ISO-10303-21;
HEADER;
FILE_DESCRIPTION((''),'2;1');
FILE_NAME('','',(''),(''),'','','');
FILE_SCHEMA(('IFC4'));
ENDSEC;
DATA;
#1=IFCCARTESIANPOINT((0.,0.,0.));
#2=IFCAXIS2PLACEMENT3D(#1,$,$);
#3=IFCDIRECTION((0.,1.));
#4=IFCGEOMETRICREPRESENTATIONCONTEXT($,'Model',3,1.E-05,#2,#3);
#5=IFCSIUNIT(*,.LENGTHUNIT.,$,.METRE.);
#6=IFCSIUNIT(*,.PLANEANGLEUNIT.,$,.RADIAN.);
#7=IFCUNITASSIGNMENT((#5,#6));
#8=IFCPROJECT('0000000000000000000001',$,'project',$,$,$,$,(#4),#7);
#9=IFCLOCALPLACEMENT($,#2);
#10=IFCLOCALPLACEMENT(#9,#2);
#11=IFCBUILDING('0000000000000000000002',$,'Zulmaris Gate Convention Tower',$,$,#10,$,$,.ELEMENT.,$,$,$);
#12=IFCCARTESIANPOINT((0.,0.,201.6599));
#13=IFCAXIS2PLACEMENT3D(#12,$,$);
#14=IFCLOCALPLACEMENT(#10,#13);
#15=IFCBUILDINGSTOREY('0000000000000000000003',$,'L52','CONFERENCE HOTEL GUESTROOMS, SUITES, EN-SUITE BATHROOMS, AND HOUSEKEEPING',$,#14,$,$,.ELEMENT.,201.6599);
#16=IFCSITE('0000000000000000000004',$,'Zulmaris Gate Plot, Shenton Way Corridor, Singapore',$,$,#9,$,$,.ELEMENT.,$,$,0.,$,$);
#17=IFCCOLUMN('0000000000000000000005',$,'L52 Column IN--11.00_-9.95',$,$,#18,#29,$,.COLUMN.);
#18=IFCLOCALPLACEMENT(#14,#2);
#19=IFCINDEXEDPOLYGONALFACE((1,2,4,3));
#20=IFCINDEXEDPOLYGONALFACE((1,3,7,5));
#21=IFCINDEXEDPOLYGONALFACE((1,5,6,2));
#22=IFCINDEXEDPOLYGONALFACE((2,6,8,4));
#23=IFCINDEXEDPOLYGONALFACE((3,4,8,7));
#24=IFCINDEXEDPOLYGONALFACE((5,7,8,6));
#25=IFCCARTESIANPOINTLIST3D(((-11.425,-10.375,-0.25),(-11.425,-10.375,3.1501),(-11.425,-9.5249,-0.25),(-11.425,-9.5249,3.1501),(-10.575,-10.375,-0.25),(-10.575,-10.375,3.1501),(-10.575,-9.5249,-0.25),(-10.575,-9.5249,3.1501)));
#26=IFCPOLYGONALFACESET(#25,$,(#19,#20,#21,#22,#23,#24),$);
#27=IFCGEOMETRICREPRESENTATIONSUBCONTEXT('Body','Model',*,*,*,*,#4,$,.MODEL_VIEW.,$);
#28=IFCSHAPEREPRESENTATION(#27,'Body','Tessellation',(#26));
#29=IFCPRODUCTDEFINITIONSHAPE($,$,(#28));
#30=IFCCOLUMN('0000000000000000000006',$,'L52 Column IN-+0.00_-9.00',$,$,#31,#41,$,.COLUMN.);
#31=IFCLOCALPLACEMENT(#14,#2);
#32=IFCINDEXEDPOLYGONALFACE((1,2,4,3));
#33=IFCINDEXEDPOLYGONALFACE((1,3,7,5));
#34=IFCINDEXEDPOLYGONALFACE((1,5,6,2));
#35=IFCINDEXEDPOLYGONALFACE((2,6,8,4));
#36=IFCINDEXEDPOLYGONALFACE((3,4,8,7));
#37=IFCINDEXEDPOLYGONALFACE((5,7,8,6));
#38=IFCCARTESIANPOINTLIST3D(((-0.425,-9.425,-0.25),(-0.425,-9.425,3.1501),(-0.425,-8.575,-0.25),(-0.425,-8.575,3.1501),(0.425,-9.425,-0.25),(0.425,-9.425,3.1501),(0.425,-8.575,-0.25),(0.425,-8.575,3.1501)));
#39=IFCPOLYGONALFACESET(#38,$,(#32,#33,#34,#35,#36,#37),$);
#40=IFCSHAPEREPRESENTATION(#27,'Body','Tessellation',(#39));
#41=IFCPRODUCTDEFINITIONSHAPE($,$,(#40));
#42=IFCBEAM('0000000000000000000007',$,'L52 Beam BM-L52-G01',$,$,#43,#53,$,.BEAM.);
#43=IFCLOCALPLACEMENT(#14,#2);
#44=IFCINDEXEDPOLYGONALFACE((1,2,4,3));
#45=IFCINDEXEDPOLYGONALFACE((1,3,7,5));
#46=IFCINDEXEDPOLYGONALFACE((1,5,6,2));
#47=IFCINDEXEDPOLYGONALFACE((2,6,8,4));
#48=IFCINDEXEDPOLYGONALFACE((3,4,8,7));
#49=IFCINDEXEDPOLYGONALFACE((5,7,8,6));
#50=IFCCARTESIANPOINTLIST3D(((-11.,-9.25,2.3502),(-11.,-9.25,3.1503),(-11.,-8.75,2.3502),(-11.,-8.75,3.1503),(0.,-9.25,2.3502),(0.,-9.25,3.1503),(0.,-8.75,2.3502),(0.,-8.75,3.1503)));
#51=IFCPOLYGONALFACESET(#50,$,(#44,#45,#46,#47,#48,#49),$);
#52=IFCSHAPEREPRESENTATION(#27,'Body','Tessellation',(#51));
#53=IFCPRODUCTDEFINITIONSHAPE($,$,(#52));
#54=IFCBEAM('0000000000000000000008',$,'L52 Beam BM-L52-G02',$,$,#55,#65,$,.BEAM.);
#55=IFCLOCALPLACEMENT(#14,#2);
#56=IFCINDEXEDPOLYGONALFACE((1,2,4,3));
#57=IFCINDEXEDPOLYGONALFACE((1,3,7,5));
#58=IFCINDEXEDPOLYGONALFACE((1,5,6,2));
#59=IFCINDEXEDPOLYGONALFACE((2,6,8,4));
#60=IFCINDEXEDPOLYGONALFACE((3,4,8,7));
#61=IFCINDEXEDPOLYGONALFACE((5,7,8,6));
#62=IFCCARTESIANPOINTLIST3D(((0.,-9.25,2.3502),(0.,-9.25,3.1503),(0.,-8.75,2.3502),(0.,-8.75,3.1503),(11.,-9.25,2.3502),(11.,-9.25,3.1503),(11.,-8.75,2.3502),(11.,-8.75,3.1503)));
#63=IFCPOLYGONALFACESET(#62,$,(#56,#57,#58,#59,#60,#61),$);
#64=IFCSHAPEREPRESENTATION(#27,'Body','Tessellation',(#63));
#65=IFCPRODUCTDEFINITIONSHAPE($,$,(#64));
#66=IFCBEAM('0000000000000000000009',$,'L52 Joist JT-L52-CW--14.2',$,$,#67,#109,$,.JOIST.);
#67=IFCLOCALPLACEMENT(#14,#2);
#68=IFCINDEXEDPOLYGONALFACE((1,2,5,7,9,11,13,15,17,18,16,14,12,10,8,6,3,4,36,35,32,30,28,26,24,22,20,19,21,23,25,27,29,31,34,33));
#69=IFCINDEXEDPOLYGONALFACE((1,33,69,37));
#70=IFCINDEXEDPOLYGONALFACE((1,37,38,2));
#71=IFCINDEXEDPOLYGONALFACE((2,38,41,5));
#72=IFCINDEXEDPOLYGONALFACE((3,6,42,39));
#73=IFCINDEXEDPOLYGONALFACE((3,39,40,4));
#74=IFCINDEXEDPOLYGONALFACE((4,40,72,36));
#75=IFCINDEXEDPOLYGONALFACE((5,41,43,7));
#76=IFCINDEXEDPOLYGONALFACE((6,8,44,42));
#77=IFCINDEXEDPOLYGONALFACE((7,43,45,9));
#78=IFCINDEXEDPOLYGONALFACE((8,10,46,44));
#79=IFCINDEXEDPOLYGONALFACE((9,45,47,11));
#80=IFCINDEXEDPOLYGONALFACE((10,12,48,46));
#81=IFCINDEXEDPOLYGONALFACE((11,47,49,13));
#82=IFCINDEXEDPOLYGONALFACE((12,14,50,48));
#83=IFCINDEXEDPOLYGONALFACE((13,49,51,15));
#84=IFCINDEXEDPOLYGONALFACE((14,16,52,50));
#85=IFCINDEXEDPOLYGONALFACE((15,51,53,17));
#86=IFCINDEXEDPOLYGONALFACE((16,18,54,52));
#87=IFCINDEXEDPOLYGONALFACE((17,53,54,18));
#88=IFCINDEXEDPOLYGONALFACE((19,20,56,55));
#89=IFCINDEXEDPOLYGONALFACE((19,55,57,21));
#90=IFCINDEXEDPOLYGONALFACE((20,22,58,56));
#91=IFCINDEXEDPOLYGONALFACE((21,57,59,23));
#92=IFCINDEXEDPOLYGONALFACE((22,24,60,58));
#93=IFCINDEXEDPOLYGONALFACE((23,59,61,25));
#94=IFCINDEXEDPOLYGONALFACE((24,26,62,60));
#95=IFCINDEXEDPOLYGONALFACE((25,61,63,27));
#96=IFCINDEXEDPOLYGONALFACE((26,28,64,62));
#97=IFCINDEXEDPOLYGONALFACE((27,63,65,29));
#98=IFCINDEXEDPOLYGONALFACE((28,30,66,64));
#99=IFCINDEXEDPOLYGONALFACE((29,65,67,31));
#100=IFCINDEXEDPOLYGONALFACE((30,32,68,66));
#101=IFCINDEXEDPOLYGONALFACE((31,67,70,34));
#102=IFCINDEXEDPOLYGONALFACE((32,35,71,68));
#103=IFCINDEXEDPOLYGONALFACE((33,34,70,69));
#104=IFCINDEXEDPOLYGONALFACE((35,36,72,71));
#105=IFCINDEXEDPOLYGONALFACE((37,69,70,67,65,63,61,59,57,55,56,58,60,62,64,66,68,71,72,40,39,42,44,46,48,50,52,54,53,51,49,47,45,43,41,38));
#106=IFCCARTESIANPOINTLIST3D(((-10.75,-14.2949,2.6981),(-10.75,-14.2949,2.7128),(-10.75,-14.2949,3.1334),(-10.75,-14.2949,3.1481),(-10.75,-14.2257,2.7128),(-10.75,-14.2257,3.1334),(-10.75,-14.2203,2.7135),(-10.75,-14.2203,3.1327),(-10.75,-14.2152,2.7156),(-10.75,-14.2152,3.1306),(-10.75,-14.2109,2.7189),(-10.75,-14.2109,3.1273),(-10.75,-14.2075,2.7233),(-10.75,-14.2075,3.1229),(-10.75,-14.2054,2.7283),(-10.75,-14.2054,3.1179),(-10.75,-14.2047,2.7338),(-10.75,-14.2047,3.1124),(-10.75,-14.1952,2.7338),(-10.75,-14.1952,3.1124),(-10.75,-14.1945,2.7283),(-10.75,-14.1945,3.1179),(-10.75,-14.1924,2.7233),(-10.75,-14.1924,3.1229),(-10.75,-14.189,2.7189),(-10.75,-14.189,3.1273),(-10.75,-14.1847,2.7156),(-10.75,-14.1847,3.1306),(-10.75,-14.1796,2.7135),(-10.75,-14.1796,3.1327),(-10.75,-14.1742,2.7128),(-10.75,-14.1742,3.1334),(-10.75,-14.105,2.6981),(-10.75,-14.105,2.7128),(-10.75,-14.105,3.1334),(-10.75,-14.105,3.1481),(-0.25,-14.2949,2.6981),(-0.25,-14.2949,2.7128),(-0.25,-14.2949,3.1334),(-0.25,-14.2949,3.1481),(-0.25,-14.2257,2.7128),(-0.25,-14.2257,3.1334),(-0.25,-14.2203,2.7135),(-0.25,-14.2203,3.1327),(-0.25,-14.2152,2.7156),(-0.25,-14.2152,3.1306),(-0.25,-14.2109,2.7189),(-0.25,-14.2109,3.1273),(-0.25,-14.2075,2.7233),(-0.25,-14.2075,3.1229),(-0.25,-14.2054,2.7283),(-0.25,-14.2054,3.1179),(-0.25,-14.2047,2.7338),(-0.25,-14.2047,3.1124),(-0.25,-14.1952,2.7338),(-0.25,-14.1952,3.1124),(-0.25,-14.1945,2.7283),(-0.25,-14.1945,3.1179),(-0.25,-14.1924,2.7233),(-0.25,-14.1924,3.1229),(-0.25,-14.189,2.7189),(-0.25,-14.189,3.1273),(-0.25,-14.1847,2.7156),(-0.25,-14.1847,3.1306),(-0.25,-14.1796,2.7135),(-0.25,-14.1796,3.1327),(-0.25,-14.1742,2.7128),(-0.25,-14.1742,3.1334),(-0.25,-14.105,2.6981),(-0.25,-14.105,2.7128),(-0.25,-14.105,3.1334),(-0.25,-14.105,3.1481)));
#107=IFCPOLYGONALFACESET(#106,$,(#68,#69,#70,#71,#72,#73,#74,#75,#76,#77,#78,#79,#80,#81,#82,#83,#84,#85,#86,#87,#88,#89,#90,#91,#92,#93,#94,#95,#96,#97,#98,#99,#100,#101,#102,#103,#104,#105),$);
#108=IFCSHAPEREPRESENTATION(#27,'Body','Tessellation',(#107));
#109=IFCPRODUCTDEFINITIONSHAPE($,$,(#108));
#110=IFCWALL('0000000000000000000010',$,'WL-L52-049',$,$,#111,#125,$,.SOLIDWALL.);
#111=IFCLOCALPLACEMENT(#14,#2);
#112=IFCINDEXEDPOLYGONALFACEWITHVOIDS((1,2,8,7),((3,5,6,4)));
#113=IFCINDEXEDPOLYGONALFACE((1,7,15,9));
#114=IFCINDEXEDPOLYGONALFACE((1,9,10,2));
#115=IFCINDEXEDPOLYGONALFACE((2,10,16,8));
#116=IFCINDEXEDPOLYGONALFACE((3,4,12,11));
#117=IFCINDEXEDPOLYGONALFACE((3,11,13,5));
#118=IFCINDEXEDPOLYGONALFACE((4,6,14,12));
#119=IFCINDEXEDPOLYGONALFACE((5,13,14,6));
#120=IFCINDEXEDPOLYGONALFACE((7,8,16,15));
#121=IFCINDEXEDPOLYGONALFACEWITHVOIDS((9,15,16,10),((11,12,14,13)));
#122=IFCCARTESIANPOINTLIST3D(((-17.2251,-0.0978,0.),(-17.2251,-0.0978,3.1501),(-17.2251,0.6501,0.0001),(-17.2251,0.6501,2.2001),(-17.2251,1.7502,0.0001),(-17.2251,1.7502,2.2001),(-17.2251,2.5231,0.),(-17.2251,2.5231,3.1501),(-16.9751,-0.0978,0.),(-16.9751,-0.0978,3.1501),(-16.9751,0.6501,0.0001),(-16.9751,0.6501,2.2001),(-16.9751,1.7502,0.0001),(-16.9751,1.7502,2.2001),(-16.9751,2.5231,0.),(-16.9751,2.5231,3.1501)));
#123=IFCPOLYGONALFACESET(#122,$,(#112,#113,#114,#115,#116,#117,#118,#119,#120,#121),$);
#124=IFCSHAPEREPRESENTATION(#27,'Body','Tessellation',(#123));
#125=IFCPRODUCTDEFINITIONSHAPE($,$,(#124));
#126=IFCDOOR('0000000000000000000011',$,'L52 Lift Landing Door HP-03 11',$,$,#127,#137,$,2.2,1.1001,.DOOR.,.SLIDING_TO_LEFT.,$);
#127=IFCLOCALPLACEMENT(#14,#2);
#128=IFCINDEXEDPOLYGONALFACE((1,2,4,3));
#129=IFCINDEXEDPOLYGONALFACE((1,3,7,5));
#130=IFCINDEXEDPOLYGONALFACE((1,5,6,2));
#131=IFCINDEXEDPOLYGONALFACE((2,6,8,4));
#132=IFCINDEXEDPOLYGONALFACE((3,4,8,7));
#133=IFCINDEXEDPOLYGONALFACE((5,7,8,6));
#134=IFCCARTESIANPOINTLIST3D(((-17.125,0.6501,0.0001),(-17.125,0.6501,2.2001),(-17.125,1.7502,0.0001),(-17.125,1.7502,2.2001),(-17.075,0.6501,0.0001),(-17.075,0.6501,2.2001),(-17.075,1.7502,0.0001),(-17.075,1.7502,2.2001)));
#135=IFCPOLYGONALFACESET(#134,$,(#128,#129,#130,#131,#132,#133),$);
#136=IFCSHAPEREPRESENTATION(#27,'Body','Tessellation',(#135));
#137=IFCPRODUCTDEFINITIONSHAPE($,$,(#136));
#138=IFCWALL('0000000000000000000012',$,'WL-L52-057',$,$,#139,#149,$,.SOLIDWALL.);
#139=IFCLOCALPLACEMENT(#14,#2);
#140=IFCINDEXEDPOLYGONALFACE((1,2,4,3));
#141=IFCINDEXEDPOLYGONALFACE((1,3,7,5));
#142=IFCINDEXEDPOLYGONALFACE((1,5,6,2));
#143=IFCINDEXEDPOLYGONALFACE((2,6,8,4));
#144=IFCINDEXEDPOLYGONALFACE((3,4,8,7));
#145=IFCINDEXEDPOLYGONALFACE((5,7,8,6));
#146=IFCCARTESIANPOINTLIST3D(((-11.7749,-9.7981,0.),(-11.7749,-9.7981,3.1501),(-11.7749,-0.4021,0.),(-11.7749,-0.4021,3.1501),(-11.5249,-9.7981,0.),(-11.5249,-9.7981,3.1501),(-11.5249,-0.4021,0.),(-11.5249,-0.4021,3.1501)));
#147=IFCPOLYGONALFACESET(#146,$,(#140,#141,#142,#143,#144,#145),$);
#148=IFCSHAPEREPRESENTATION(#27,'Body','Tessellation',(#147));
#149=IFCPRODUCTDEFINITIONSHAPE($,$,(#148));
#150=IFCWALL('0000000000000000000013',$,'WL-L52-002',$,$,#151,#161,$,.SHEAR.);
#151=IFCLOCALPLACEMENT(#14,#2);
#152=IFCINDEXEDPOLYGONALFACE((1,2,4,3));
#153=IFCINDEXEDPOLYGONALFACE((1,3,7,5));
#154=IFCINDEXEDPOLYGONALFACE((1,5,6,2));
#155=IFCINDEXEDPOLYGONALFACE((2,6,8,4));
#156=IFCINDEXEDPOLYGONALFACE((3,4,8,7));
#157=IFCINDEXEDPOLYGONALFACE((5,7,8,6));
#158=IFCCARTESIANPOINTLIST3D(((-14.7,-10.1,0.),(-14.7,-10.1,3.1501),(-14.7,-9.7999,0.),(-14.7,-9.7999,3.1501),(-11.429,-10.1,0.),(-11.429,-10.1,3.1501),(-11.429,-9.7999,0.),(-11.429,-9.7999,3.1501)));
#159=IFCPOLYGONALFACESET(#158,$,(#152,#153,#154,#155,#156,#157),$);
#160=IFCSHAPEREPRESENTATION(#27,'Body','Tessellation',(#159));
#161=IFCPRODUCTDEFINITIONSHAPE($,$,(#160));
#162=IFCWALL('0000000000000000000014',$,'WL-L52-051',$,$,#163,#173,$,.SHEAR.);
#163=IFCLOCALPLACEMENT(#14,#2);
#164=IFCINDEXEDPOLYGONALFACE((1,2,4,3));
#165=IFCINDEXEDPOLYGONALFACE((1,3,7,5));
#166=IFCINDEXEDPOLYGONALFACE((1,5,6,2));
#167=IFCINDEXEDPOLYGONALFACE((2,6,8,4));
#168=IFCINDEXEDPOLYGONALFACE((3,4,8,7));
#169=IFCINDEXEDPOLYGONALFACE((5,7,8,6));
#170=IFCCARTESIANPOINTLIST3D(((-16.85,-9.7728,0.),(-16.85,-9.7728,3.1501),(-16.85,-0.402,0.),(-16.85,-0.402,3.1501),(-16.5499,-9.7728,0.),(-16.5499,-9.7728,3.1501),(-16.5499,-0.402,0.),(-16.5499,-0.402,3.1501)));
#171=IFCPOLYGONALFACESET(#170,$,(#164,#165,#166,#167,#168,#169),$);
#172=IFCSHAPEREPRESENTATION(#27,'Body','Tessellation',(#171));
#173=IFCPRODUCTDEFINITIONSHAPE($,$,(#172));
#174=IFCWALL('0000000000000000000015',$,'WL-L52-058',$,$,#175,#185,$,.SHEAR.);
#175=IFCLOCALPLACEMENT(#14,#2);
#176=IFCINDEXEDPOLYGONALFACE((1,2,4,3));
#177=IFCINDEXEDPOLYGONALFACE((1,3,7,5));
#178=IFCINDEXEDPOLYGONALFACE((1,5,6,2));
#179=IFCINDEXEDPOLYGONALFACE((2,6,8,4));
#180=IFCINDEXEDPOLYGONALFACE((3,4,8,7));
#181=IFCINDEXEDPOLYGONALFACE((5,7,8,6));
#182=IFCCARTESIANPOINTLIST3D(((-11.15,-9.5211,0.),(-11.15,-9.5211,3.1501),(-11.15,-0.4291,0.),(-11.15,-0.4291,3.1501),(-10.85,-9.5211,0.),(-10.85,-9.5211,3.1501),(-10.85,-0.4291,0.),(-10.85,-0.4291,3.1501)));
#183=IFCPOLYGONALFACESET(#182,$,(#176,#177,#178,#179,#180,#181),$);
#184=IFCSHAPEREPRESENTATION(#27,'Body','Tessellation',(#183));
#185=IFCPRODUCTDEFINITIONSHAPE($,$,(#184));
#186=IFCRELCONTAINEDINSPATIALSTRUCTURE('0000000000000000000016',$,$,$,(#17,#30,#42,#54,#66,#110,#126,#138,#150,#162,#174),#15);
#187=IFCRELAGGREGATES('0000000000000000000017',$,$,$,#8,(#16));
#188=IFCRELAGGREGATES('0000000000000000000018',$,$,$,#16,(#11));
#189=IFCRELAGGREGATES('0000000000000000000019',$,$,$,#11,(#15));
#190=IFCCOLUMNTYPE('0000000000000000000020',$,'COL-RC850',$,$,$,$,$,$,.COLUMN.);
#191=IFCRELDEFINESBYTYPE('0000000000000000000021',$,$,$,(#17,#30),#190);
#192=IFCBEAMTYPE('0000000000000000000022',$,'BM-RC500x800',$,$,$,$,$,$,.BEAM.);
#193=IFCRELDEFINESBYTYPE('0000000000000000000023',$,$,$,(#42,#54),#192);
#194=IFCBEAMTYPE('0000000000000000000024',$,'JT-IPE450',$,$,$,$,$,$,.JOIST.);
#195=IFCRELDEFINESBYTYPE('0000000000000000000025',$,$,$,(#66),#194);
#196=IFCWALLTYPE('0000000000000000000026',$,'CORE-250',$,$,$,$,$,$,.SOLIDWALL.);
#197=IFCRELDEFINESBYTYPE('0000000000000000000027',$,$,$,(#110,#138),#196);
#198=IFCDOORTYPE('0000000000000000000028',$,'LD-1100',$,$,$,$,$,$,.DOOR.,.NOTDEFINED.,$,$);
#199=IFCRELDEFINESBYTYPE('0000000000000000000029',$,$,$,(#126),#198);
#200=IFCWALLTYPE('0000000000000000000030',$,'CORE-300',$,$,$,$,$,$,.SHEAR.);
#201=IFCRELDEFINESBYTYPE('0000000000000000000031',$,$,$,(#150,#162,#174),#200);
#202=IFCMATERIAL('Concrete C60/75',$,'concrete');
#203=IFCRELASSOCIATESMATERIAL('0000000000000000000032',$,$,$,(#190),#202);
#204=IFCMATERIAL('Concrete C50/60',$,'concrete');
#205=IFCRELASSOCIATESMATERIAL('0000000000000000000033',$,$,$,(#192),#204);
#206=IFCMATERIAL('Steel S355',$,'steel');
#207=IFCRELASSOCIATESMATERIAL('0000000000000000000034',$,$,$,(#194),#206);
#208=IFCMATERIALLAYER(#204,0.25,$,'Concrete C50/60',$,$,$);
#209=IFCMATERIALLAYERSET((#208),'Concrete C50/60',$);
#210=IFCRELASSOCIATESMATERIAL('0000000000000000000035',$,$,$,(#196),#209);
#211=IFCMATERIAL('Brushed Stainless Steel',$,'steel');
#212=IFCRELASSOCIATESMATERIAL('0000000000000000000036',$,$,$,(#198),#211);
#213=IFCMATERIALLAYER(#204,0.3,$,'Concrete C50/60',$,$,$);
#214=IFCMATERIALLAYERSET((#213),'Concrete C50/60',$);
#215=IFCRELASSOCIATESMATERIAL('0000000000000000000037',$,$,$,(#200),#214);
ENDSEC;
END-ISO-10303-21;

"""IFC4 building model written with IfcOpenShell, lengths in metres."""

from ifc_helpers import new_model, si_unit, direction, frame, frame_2d, origin, origin_2d, place, context, subcontext, project, spatial, rectangle, i_section, extrude, material, layer, layer_set, material_profile, profile_set, type_object, element, fill, save


model = new_model("IFC4")

# Units and contexts
model_context = context("Model", 3, precision=1e-05, world=origin(), true_north=direction((0.0, 1.0)))
body_context = subcontext(model_context, "Body", "Model", "MODEL_VIEW")
ifc_project = project(units=[si_unit("LENGTHUNIT", "METRE"), si_unit("PLANEANGLEUNIT", "RADIAN")], contexts=[model_context])

# Site, building, storey
site_placement = place(None, origin())
site = spatial("IfcSite", under=ifc_project, at=site_placement, Name="Zulmaris Gate Plot, Shenton Way Corridor, Singapore", CompositionType="ELEMENT", RefElevation=0.0)
building_placement = place(site_placement, origin())
building = spatial("IfcBuilding", under=site, at=building_placement, Name="Zulmaris Gate Convention Tower", CompositionType="ELEMENT")
storey_placement = place(building_placement, frame((0.0, 0.0, 201.6599)))
storey = spatial("IfcBuildingStorey", under=building, at=storey_placement, Name="L52", Description="CONFERENCE HOTEL GUESTROOMS, SUITES, EN-SUITE BATHROOMS, AND HOUSEKEEPING", CompositionType="ELEMENT", Elevation=201.6599)

# Columns
ifc_material_1 = material(Name="Concrete C60/75", Category="concrete")
ifc_material_profile_1 = material_profile(ifc_material_1, rectangle(XDim=0.8501, YDim=0.8501, at=origin_2d()), Name="RC COL 850x850")
ifc_profile_set_1 = profile_set([ifc_material_profile_1], Name="Concrete C60/75")
column_type = type_object("IfcColumnType", Name="COL-RC850", PredefinedType="COLUMN", material=ifc_profile_set_1)
for number, where, z_axis, x_axis, name in (
    (1, (-11.0, -9.95, -0.25), (0.0, 0.0, 1.0), (1.0, 0.0, 0.0), "L52 Column IN--11.00_-9.95"),
    (2, (0.0, -9.0, -0.25), (0.0, 0.0, 1.0), (1.0, 0.0, 0.0), "L52 Column IN-+0.00_-9.00"),
):
    element("IfcColumn", number, at=place(storey_placement, frame(where, z_axis=z_axis, x_axis=x_axis)), inside=storey, type_object=column_type, Name=name, PredefinedType="COLUMN", context=body_context, shape_type="SweptSolid", body=[
        extrude(rectangle(XDim=0.8501, YDim=0.8501, at=origin_2d()), origin(), (0.0, 0.0, 1.0), 3.4001),
    ])

# Beams
ifc_material_2 = material(Name="Concrete C50/60", Category="concrete")
ifc_material_profile_2 = material_profile(ifc_material_2, rectangle(XDim=0.5, YDim=0.8, at=origin_2d()), Name="RC BEAM 500x800")
ifc_profile_set_2 = profile_set([ifc_material_profile_2], Name="Concrete C50/60")
beam_type_1 = type_object("IfcBeamType", Name="BM-RC500x800", PredefinedType="BEAM", material=ifc_profile_set_2)
for number, where, z_axis, x_axis, name in (
    (3, (-11.0, -9.0, 2.7502), (1.0, 0.0, 0.0), (0.0, 1.0, 0.0), "L52 Beam BM-L52-G01"),
    (4, (0.0, -9.0, 2.7502), (1.0, 0.0, 0.0), (0.0, 1.0, 0.0), "L52 Beam BM-L52-G02"),
):
    element("IfcBeam", number, at=place(storey_placement, frame(where, z_axis=z_axis, x_axis=x_axis)), inside=storey, type_object=beam_type_1, Name=name, PredefinedType="BEAM", context=body_context, shape_type="SweptSolid", body=[
        extrude(rectangle(XDim=0.5, YDim=0.8, at=origin_2d()), origin(), (0.0, 0.0, 1.0), 11.0),
    ])
ifc_material_3 = material(Name="Steel S355", Category="steel")
ifc_material_profile_3 = material_profile(ifc_material_3, i_section(OverallWidth=0.1899, OverallDepth=0.45, WebThickness=0.0095, FlangeThickness=0.0146, FilletRadius=0.021, at=origin_2d()), Name="IPE 450")
ifc_profile_set_3 = profile_set([ifc_material_profile_3], Name="Steel S355")
beam_type_2 = type_object("IfcBeamType", Name="JT-IPE450", PredefinedType="JOIST", material=ifc_profile_set_3)
beam_placement = place(storey_placement, frame((-10.75, -14.2, 2.9231), z_axis=(1.0, 0.0, 0.0), x_axis=(0.0, 1.0, 0.0)))
element("IfcBeam", 5, at=beam_placement, inside=storey, type_object=beam_type_2, Name="L52 Joist JT-L52-CW--14.2", PredefinedType="JOIST", context=body_context, shape_type="SweptSolid", body=[
    extrude(i_section(OverallWidth=0.1899, OverallDepth=0.45, WebThickness=0.0095, FlangeThickness=0.0146, FilletRadius=0.021, at=origin_2d()), origin(), (0.0, 0.0, 1.0), 10.5),
])

# Wall, opening, door
ifc_layer_1 = layer(ifc_material_2, 0.25, Name="Concrete C50/60")
ifc_layer_set_1 = layer_set([ifc_layer_1], Name="Concrete C50/60")
wall_type_1 = type_object("IfcWallType", Name="CORE-250", PredefinedType="SOLIDWALL", material=ifc_layer_set_1)
wall_1_placement = place(storey_placement, frame((-17.1001, -0.0979, 0.0), z_axis=(0.0, 0.0, 1.0), x_axis=(0.0, 1.0, 0.0)))
wall_1 = element("IfcWall", 6, at=wall_1_placement, inside=storey, type_object=wall_type_1, Name="WL-L52-049", PredefinedType="SOLIDWALL", context=body_context, shape_type="SweptSolid", body=[
    extrude(rectangle(XDim=2.6208, YDim=0.25, at=frame_2d((1.3105, 0.0))), origin(), (0.0, 0.0, 1.0), 3.1501),
])
opening_1_placement = place(wall_1_placement, frame((0.748, 0.0, 0.0)))
opening_1 = element("IfcOpeningElement", 7, at=opening_1_placement, cuts=wall_1, PredefinedType="OPENING", context=body_context, shape_type="SweptSolid", body=[
    extrude(rectangle(XDim=1.1001, YDim=2.2, at=frame_2d((0.55, 1.1001))), frame((0.0, 0.135, 0.0), z_axis=(0.0, -1.0, 0.0), x_axis=(1.0, 0.0, 0.0)), (0.0, 0.0, 1.0), 0.27),
])
ifc_material_4 = material(Name="Brushed Stainless Steel", Category="steel")
door_type_1 = type_object("IfcDoorType", Name="LD-1100", OperationType="NOTDEFINED", PredefinedType="DOOR", material=ifc_material_4)
door_1_placement = place(opening_1_placement, origin())
door_1 = element("IfcDoor", 8, at=door_1_placement, inside=storey, type_object=door_type_1, Name="L52 Lift Landing Door HP-03 11", OperationType="SLIDING_TO_LEFT", OverallHeight=2.2, OverallWidth=1.1001, PredefinedType="DOOR", context=body_context, shape_type="SweptSolid", body=[
    extrude(rectangle(XDim=1.1001, YDim=2.2, at=frame_2d((0.55, 1.1001))), frame((0.0, 0.0249, 0.0), z_axis=(0.0, -1.0, 0.0), x_axis=(1.0, 0.0, 0.0)), (0.0, 0.0, 1.0), 0.05),
])
fill(opening_1, door_1)

# Walls
wall_2_placement = place(storey_placement, frame((-11.6499, -9.7981, 0.0), z_axis=(0.0, 0.0, 1.0), x_axis=(0.0, 1.0, 0.0)))
element("IfcWall", 9, at=wall_2_placement, inside=storey, type_object=wall_type_1, Name="WL-L52-057", PredefinedType="SOLIDWALL", context=body_context, shape_type="SweptSolid", body=[
    extrude(rectangle(XDim=9.396, YDim=0.25, at=frame_2d((4.698, 0.0))), origin(), (0.0, 0.0, 1.0), 3.1501),
])
ifc_layer_2 = layer(ifc_material_2, 0.3, Name="Concrete C50/60")
ifc_layer_set_2 = layer_set([ifc_layer_2], Name="Concrete C50/60")
wall_type_2 = type_object("IfcWallType", Name="CORE-300", PredefinedType="SHEAR", material=ifc_layer_set_2)
wall_3_placement = place(storey_placement, frame((-14.7, -9.95, 0.0), z_axis=(0.0, 0.0, 1.0), x_axis=(1.0, 0.0, 0.0)))
element("IfcWall", 10, at=wall_3_placement, inside=storey, type_object=wall_type_2, Name="WL-L52-002", PredefinedType="SHEAR", context=body_context, shape_type="SweptSolid", body=[
    extrude(rectangle(XDim=3.271, YDim=0.3, at=frame_2d((1.6355, 0.0))), origin(), (0.0, 0.0, 1.0), 3.1501),
])
wall_4_placement = place(storey_placement, frame((-16.7, -9.7729, 0.0), z_axis=(0.0, 0.0, 1.0), x_axis=(0.0, 1.0, 0.0)))
element("IfcWall", 11, at=wall_4_placement, inside=storey, type_object=wall_type_2, Name="WL-L52-051", PredefinedType="SHEAR", context=body_context, shape_type="SweptSolid", body=[
    extrude(rectangle(XDim=9.3708, YDim=0.3, at=frame_2d((4.6855, 0.0))), origin(), (0.0, 0.0, 1.0), 3.1501),
])
wall_5_placement = place(storey_placement, frame((-11.0, -9.521, 0.0), z_axis=(0.0, 0.0, 1.0), x_axis=(0.0, 1.0, 0.0)))
element("IfcWall", 12, at=wall_5_placement, inside=storey, type_object=wall_type_2, Name="WL-L52-058", PredefinedType="SHEAR", context=body_context, shape_type="SweptSolid", body=[
    extrude(rectangle(XDim=9.092, YDim=0.3, at=frame_2d((4.5459, 0.0))), origin(), (0.0, 0.0, 1.0), 3.1501),
])

save(model, "model.ifc")
